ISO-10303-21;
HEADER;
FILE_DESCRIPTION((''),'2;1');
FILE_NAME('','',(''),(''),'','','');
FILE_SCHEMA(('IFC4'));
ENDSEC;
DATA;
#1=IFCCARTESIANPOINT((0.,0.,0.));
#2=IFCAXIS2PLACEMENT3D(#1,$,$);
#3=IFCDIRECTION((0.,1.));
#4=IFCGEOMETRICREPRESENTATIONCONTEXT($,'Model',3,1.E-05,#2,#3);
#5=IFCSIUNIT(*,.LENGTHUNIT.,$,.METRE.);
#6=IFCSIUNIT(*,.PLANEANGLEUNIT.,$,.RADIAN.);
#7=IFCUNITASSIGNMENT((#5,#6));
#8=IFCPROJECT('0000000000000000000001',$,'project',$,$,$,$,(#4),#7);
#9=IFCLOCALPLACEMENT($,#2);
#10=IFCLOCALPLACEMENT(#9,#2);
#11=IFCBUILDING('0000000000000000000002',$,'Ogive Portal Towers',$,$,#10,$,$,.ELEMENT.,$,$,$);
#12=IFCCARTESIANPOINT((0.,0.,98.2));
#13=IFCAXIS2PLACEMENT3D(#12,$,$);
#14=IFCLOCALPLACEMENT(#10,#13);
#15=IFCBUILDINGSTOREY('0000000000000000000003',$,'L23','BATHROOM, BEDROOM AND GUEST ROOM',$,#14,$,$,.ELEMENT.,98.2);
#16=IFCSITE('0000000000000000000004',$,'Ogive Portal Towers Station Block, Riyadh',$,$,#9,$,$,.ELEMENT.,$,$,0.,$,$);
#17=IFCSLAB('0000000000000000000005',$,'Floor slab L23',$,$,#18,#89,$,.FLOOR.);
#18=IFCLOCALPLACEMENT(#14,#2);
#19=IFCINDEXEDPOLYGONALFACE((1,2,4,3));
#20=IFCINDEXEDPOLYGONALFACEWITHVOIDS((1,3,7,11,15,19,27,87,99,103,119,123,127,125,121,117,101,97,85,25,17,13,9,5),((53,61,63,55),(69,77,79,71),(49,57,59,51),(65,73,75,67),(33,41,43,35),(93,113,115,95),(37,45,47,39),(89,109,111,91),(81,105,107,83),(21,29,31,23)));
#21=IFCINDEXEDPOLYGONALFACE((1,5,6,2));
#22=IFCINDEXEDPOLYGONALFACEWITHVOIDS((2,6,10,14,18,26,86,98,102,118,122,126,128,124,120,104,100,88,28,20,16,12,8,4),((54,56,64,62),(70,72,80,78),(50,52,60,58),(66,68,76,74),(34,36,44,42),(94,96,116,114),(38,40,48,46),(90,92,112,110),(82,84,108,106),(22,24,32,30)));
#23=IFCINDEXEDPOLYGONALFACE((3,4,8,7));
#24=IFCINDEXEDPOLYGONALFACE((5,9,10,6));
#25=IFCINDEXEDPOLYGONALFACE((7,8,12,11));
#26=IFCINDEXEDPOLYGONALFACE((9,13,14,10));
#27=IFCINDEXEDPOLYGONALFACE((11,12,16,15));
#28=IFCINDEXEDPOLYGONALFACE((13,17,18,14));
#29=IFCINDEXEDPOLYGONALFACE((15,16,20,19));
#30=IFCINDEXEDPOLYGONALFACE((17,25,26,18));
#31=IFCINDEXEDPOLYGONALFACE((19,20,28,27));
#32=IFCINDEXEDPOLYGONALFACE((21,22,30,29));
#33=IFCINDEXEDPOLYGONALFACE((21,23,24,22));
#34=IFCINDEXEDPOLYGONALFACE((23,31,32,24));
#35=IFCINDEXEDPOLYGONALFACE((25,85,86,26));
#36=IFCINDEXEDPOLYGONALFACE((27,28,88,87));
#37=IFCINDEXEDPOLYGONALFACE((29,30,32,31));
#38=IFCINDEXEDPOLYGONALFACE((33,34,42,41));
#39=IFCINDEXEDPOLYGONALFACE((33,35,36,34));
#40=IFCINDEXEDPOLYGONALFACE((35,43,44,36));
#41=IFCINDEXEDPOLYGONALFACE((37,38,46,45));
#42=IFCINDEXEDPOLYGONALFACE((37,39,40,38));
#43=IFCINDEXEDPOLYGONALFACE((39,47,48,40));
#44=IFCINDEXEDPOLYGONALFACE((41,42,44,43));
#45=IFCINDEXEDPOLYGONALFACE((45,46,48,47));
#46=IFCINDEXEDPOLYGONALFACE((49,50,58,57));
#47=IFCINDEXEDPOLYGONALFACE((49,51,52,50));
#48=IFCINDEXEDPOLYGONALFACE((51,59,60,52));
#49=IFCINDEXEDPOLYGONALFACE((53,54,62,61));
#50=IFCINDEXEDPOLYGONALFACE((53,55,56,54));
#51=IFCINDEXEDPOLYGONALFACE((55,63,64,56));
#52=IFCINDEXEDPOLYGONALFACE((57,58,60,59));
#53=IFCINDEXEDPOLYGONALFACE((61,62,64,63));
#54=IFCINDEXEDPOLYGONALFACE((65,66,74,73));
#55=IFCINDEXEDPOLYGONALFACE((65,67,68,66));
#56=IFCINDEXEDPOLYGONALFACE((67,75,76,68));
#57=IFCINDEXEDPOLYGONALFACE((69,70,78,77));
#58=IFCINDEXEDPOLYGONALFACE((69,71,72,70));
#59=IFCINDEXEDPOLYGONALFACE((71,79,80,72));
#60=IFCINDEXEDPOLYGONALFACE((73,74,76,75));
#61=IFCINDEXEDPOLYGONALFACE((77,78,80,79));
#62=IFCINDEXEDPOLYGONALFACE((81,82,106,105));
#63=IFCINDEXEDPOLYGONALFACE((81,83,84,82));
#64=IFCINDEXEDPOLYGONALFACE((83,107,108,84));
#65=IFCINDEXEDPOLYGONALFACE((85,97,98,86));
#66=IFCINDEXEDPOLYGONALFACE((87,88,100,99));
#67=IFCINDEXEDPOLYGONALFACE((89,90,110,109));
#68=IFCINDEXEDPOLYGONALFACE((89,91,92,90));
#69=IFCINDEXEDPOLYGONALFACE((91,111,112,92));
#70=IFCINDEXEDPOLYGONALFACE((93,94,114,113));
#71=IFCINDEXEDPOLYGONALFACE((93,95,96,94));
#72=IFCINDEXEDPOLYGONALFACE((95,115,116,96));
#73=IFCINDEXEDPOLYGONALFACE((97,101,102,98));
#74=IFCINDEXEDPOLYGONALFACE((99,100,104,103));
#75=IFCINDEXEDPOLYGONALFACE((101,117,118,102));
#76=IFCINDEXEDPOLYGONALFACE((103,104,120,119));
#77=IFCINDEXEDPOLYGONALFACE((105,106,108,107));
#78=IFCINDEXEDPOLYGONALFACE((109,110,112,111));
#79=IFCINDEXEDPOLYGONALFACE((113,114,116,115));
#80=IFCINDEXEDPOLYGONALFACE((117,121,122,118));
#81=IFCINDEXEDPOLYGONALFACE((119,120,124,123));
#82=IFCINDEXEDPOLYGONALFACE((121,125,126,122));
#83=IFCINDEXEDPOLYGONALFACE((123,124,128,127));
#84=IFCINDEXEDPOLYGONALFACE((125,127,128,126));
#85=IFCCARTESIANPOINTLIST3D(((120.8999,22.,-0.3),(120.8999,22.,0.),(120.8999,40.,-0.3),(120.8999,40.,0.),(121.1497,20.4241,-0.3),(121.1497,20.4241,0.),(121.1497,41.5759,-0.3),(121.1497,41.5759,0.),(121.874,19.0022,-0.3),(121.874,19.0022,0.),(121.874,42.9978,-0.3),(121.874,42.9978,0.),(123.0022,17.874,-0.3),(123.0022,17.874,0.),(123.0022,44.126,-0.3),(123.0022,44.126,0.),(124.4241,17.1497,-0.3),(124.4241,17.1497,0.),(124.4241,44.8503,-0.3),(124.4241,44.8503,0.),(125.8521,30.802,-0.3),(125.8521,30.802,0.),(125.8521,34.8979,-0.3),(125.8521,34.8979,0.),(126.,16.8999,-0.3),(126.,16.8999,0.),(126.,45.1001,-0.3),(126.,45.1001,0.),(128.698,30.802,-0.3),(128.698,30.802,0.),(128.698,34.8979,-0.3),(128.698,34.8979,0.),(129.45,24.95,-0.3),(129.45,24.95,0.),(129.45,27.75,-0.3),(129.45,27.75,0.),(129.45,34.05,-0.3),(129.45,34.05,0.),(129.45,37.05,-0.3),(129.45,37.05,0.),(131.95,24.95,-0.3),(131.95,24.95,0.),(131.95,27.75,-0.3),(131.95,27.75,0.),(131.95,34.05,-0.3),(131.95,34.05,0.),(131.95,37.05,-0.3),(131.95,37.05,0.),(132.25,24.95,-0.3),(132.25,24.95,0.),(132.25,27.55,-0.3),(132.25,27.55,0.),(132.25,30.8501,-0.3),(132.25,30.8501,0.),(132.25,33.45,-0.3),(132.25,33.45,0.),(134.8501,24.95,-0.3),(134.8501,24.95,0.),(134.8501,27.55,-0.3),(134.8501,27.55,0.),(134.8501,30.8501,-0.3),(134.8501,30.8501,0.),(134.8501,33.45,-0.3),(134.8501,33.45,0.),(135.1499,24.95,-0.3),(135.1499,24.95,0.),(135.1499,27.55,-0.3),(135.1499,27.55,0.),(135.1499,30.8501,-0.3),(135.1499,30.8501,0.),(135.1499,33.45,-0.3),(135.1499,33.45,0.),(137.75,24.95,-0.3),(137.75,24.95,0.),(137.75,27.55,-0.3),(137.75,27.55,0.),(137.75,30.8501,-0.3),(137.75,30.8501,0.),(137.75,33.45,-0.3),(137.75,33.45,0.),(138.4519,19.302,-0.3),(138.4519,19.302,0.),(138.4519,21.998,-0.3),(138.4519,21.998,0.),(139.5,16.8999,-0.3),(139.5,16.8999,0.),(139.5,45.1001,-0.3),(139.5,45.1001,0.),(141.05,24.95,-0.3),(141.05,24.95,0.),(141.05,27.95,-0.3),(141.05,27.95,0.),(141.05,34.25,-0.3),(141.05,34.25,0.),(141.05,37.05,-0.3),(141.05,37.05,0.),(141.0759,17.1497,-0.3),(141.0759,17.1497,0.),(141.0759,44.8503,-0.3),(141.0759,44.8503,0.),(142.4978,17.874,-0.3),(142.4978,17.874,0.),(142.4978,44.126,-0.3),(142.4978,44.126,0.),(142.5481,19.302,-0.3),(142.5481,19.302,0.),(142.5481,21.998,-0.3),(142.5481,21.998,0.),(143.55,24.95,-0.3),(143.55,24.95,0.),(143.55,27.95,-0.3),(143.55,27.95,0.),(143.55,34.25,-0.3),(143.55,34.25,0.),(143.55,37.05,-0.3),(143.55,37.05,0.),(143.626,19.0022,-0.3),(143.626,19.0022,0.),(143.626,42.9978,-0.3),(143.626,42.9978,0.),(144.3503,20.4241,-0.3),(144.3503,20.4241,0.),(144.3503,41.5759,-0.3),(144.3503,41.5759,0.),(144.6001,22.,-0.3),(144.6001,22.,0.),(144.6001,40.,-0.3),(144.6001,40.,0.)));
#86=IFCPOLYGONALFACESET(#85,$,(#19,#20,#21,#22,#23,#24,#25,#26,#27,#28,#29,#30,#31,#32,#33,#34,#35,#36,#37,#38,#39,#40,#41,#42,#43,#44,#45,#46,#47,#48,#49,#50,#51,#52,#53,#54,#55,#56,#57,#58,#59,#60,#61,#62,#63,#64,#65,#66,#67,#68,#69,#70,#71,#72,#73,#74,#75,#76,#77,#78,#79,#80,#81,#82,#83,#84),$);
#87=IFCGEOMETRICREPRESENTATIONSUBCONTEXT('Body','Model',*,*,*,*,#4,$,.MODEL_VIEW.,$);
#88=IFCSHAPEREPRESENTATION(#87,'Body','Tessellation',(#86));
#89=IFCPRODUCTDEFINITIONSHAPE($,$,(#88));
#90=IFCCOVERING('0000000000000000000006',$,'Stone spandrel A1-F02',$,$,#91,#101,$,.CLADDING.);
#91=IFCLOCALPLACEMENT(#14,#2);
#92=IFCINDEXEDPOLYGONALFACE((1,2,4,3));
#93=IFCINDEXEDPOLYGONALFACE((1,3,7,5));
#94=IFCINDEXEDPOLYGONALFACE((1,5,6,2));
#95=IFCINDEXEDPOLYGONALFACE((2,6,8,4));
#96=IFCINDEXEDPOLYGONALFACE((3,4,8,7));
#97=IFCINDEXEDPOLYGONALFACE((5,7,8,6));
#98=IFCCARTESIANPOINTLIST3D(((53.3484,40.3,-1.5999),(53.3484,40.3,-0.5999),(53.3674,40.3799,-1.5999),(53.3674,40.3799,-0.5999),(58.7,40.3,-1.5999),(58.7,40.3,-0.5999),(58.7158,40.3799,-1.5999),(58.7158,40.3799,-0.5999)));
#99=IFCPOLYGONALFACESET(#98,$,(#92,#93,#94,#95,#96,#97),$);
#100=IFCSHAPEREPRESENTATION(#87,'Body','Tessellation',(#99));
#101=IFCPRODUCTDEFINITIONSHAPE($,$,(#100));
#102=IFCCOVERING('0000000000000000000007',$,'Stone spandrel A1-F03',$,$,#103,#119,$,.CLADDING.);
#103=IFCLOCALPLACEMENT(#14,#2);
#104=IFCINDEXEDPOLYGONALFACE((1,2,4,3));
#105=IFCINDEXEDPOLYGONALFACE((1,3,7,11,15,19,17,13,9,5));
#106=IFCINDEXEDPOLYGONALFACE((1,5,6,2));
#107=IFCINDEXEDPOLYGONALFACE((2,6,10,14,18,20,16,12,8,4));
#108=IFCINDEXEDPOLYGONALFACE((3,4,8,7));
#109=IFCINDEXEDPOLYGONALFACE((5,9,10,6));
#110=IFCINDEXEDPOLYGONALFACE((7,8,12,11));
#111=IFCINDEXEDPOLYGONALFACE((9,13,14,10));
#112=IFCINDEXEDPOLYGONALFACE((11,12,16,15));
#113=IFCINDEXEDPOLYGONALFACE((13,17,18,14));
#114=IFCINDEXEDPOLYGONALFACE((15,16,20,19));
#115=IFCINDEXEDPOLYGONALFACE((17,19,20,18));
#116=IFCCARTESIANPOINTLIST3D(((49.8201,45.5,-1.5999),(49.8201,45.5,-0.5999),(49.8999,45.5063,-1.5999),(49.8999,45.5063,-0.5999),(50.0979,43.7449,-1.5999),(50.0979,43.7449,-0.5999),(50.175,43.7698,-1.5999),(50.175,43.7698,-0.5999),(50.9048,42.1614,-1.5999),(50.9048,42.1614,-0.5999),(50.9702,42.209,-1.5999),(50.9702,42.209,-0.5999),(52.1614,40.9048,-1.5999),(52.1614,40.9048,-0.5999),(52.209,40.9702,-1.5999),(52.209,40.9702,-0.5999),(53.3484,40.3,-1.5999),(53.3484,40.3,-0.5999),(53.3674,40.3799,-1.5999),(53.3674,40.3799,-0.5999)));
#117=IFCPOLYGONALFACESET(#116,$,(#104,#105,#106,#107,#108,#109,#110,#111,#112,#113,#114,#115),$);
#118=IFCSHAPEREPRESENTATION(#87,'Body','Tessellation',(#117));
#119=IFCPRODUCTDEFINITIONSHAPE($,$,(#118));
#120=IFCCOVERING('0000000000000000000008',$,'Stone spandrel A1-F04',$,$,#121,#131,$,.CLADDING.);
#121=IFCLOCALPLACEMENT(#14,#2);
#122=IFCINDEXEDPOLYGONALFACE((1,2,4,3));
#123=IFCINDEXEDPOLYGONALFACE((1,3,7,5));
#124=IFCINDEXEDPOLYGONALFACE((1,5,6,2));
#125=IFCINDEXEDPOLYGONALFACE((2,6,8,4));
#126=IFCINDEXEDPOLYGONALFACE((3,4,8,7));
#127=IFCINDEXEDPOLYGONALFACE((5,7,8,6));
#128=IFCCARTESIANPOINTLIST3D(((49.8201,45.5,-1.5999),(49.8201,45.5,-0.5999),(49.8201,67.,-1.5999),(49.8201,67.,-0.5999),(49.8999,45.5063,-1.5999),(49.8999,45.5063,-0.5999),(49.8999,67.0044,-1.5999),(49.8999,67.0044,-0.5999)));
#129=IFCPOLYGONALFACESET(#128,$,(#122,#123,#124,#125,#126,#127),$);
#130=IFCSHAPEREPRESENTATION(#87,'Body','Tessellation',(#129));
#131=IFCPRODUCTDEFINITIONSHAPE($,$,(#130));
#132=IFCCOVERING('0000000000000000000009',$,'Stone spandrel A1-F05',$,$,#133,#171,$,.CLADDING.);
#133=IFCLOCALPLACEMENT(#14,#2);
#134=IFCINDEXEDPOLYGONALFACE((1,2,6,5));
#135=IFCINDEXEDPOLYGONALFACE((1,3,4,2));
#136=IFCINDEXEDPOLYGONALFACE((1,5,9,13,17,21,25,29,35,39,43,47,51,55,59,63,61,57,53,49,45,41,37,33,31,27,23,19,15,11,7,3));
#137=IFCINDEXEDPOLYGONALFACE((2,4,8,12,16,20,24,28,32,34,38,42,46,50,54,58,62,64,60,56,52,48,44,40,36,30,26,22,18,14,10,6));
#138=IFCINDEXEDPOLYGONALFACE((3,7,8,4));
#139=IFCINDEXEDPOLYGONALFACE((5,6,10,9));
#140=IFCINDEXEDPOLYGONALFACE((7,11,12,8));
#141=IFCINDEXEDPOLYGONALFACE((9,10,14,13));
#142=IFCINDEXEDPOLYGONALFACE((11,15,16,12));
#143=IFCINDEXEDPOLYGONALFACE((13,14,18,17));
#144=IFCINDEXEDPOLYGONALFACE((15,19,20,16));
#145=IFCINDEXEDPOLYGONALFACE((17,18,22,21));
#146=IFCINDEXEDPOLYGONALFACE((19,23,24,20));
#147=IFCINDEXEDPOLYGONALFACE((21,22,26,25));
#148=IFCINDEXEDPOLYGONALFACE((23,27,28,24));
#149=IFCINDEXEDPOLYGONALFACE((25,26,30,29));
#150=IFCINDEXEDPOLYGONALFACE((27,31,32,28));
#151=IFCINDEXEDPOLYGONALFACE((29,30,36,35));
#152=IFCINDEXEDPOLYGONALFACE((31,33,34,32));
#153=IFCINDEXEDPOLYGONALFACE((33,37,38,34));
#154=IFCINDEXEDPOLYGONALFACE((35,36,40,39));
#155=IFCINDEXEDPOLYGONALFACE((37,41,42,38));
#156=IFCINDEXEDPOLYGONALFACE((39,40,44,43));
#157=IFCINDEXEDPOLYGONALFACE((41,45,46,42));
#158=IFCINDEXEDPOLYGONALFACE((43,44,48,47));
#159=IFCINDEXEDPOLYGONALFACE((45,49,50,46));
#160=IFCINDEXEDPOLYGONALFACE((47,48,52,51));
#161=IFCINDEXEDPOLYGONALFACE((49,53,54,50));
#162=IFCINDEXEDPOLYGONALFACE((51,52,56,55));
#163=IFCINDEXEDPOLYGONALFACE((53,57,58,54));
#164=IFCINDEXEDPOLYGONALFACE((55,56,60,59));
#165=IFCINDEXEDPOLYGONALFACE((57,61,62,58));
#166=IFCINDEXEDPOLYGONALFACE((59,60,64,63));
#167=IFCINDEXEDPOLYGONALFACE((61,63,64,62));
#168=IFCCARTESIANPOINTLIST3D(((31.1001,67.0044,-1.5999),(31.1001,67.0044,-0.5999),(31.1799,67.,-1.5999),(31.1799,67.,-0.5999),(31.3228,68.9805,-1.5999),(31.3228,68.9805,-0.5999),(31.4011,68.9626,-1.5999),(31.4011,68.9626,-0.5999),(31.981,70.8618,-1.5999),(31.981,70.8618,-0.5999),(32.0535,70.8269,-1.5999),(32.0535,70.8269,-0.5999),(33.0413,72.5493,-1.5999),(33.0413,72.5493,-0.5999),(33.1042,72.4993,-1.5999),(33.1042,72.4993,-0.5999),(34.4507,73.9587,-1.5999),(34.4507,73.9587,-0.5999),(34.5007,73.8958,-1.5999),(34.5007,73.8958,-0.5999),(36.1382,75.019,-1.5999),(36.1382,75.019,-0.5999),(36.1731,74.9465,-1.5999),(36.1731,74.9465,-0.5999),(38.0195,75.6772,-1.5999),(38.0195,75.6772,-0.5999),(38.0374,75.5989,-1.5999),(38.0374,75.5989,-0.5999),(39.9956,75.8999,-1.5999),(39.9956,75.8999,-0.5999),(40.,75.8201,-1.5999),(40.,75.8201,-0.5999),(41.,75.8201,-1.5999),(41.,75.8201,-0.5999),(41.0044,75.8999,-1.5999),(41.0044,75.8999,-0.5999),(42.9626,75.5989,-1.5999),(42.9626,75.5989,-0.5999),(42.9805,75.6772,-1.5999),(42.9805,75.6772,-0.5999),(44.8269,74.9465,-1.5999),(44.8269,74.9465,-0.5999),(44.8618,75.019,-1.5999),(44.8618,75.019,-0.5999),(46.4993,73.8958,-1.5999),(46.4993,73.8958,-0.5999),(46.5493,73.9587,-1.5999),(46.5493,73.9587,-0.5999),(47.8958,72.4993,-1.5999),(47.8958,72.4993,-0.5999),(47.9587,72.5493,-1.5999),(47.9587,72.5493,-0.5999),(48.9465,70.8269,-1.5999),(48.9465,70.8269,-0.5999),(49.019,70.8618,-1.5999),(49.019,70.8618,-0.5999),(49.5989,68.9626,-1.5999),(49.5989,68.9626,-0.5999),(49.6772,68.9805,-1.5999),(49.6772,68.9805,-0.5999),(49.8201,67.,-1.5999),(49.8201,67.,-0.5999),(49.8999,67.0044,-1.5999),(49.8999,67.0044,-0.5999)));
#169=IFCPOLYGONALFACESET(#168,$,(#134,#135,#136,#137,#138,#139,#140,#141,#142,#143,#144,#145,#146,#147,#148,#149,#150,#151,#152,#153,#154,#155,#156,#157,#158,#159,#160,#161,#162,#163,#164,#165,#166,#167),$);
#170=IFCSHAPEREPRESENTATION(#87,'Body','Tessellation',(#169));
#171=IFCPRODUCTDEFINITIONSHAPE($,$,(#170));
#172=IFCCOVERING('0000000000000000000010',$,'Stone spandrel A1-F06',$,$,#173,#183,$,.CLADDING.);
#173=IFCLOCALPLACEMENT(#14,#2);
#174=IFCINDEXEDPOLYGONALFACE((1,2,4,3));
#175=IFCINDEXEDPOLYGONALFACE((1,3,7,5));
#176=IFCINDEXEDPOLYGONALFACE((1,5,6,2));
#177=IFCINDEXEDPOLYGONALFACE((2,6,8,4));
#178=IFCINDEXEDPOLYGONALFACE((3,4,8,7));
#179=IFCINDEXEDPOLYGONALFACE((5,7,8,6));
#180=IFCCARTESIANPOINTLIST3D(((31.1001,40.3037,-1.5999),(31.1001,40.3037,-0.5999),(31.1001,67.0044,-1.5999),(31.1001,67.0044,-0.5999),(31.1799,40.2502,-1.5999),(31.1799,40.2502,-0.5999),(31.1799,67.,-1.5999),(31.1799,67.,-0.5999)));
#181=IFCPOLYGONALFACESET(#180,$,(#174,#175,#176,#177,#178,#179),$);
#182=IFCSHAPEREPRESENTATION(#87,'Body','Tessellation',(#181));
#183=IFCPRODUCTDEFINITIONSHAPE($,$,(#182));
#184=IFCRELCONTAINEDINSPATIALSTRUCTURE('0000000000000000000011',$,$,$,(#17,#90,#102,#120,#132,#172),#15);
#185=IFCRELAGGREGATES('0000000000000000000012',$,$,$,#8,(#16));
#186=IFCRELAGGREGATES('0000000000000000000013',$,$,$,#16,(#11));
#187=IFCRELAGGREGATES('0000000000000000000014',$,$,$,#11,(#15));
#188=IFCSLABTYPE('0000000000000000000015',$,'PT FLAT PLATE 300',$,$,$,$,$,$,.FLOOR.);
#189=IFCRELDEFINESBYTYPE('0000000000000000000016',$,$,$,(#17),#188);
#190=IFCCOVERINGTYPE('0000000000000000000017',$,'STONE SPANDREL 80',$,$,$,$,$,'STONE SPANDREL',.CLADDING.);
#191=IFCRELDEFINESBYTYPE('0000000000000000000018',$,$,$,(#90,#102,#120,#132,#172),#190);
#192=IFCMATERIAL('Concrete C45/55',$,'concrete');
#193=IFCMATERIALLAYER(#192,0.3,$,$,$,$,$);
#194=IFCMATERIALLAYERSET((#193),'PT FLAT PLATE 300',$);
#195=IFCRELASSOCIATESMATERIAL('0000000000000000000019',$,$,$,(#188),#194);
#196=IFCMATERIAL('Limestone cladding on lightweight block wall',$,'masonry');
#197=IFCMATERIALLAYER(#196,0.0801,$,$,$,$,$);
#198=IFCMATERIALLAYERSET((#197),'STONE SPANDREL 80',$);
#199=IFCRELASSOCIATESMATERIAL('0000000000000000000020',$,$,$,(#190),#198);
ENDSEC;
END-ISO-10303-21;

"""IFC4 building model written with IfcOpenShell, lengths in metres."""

from ifc_helpers import new_model, si_unit, direction, frame, origin, place, context, subcontext, project, spatial, polyline, outline, extrude, material, layer, layer_set, type_object, element, save


model = new_model("IFC4")

# Units and contexts
model_context = context("Model", 3, precision=1e-05, world=origin(), true_north=direction((0.0, 1.0)))
body_context = subcontext(model_context, "Body", "Model", "MODEL_VIEW")
ifc_project = project(units=[si_unit("LENGTHUNIT", "METRE"), si_unit("PLANEANGLEUNIT", "RADIAN")], contexts=[model_context])

# Site, building, storey
site_placement = place(None, origin())
site = spatial("IfcSite", under=ifc_project, at=site_placement, Name="Ogive Portal Towers Station Block, Riyadh", CompositionType="ELEMENT", RefElevation=0.0)
building_placement = place(site_placement, origin())
building = spatial("IfcBuilding", under=site, at=building_placement, Name="Ogive Portal Towers", CompositionType="ELEMENT")
storey_placement = place(building_placement, frame((0.0, 0.0, 98.2)))
storey = spatial("IfcBuildingStorey", under=building, at=storey_placement, Name="L23", Description="BATHROOM, BEDROOM AND GUEST ROOM", CompositionType="ELEMENT", Elevation=98.2)

# Slab
ifc_material_1 = material(Name="Concrete C45/55", Category="concrete")
ifc_layer_1 = layer(ifc_material_1, 0.3)
ifc_layer_set_1 = layer_set([ifc_layer_1], Name="PT FLAT PLATE 300")
slab_type = type_object("IfcSlabType", Name="PT FLAT PLATE 300", PredefinedType="FLOOR", material=ifc_layer_set_1)
slab_1_placement = place(storey_placement, frame((0.0, 0.0, -0.3)))
element("IfcSlab", 1, at=slab_1_placement, inside=storey, type_object=slab_type, Name="Floor slab L23", PredefinedType="FLOOR", context=body_context, shape_type="SweptSolid", body=[
    extrude(outline(polyline([(120.8999, 40.0), (120.8999, 22.0), (121.1497, 20.4241), (121.874, 19.0022), (123.0022, 17.874), (124.4241, 17.1497), (126.0, 16.8999), (139.5, 16.8999), (141.0759, 17.1497), (142.4978, 17.874), (143.626, 19.0022), (144.3503, 20.4241), (144.6001, 22.0), (144.6001, 40.0), (144.3503, 41.5759), (143.626, 42.9978), (142.4978, 44.126), (141.0759, 44.8503), (139.5, 45.1001), (126.0, 45.1001), (124.4241, 44.8503), (123.0022, 44.126), (121.874, 42.9978), (121.1497, 41.5759), (120.8999, 40.0)]), holes=[polyline([(131.95, 27.75), (131.95, 24.95), (129.45, 24.95), (129.45, 27.75), (131.95, 27.75)]), polyline([(128.698, 34.8979), (128.698, 30.802), (125.8521, 30.802), (125.8521, 34.8979), (128.698, 34.8979)]), polyline([(131.95, 37.05), (131.95, 34.05), (129.45, 34.05), (129.45, 37.05), (131.95, 37.05)]), polyline([(138.4519, 21.998), (142.5481, 21.998), (142.5481, 19.302), (138.4519, 19.302), (138.4519, 21.998)]), polyline([(134.8501, 27.55), (134.8501, 24.95), (132.25, 24.95), (132.25, 27.55), (134.8501, 27.55)]), polyline([(137.75, 27.55), (137.75, 24.95), (135.1499, 24.95), (135.1499, 27.55), (137.75, 27.55)]), polyline([(143.55, 27.95), (143.55, 24.95), (141.05, 24.95), (141.05, 27.95), (143.55, 27.95)]), polyline([(134.8501, 33.45), (134.8501, 30.8501), (132.25, 30.8501), (132.25, 33.45), (134.8501, 33.45)]), polyline([(137.75, 33.45), (137.75, 30.8501), (135.1499, 30.8501), (135.1499, 33.45), (137.75, 33.45)]), polyline([(141.05, 37.05), (143.55, 37.05), (143.55, 34.25), (141.05, 34.25), (141.05, 37.05)])]), origin(), (0.0, 0.0, 1.0), 0.3),
])

# Coverings
ifc_material_2 = material(Name="Limestone cladding on lightweight block wall", Category="masonry")
ifc_layer_2 = layer(ifc_material_2, 0.0801)
ifc_layer_set_2 = layer_set([ifc_layer_2], Name="STONE SPANDREL 80")
covering_type_1 = type_object("IfcCoveringType", Name="STONE SPANDREL 80", ElementType="STONE SPANDREL", PredefinedType="CLADDING", material=ifc_layer_set_2)
covering_1_placement = place(storey_placement, frame((0.0, 0.0, -1.5999)))
element("IfcCovering", 2, at=covering_1_placement, inside=storey, type_object=covering_type_1, Name="Stone spandrel A1-F02", PredefinedType="CLADDING", context=body_context, shape_type="SweptSolid", body=[
    extrude(outline(polyline([(58.7, 40.3), (53.3484, 40.3), (53.3674, 40.3799), (58.7158, 40.3799), (58.7, 40.3)])), origin(), (0.0, 0.0, 1.0), 1.0),
])
covering_2_placement = place(storey_placement, frame((0.0, 0.0, -1.5999)))
element("IfcCovering", 3, at=covering_2_placement, inside=storey, type_object=covering_type_1, Name="Stone spandrel A1-F03", PredefinedType="CLADDING", context=body_context, shape_type="SweptSolid", body=[
    extrude(outline(polyline([(53.3484, 40.3), (52.1614, 40.9048), (50.9048, 42.1614), (50.0979, 43.7449), (49.8201, 45.5), (49.8999, 45.5063), (50.175, 43.7698), (50.9702, 42.209), (52.209, 40.9702), (53.3674, 40.3799), (53.3484, 40.3)])), origin(), (0.0, 0.0, 1.0), 1.0),
])
covering_3_placement = place(storey_placement, frame((0.0, 0.0, -1.5999)))
element("IfcCovering", 4, at=covering_3_placement, inside=storey, type_object=covering_type_1, Name="Stone spandrel A1-F04", PredefinedType="CLADDING", context=body_context, shape_type="SweptSolid", body=[
    extrude(outline(polyline([(49.8201, 45.5), (49.8201, 67.0), (49.8999, 67.0044), (49.8999, 45.5063), (49.8201, 45.5)])), origin(), (0.0, 0.0, 1.0), 1.0),
])
covering_4_placement = place(storey_placement, frame((0.0, 0.0, -1.5999)))
element("IfcCovering", 5, at=covering_4_placement, inside=storey, type_object=covering_type_1, Name="Stone spandrel A1-F05", PredefinedType="CLADDING", context=body_context, shape_type="SweptSolid", body=[
    extrude(outline(polyline([(49.8201, 67.0), (49.5989, 68.9626), (48.9465, 70.8269), (47.8958, 72.4993), (46.4993, 73.8958), (44.8269, 74.9465), (42.9626, 75.5989), (41.0, 75.8201), (40.0, 75.8201), (38.0374, 75.5989), (36.1731, 74.9465), (34.5007, 73.8958), (33.1042, 72.4993), (32.0535, 70.8269), (31.4011, 68.9626), (31.1799, 67.0), (31.1001, 67.0044), (31.3228, 68.9805), (31.981, 70.8618), (33.0413, 72.5493), (34.4507, 73.9587), (36.1382, 75.019), (38.0195, 75.6772), (39.9956, 75.8999), (41.0044, 75.8999), (42.9805, 75.6772), (44.8618, 75.019), (46.5493, 73.9587), (47.9587, 72.5493), (49.019, 70.8618), (49.6772, 68.9805), (49.8999, 67.0044), (49.8201, 67.0)])), origin(), (0.0, 0.0, 1.0), 1.0),
])
covering_5_placement = place(storey_placement, frame((0.0, 0.0, -1.5999)))
element("IfcCovering", 6, at=covering_5_placement, inside=storey, type_object=covering_type_1, Name="Stone spandrel A1-F06", PredefinedType="CLADDING", context=body_context, shape_type="SweptSolid", body=[
    extrude(outline(polyline([(31.1799, 67.0), (31.1799, 40.2502), (31.1001, 40.3037), (31.1001, 67.0044), (31.1799, 67.0)])), origin(), (0.0, 0.0, 1.0), 1.0),
])

save(model, "model.ifc")
